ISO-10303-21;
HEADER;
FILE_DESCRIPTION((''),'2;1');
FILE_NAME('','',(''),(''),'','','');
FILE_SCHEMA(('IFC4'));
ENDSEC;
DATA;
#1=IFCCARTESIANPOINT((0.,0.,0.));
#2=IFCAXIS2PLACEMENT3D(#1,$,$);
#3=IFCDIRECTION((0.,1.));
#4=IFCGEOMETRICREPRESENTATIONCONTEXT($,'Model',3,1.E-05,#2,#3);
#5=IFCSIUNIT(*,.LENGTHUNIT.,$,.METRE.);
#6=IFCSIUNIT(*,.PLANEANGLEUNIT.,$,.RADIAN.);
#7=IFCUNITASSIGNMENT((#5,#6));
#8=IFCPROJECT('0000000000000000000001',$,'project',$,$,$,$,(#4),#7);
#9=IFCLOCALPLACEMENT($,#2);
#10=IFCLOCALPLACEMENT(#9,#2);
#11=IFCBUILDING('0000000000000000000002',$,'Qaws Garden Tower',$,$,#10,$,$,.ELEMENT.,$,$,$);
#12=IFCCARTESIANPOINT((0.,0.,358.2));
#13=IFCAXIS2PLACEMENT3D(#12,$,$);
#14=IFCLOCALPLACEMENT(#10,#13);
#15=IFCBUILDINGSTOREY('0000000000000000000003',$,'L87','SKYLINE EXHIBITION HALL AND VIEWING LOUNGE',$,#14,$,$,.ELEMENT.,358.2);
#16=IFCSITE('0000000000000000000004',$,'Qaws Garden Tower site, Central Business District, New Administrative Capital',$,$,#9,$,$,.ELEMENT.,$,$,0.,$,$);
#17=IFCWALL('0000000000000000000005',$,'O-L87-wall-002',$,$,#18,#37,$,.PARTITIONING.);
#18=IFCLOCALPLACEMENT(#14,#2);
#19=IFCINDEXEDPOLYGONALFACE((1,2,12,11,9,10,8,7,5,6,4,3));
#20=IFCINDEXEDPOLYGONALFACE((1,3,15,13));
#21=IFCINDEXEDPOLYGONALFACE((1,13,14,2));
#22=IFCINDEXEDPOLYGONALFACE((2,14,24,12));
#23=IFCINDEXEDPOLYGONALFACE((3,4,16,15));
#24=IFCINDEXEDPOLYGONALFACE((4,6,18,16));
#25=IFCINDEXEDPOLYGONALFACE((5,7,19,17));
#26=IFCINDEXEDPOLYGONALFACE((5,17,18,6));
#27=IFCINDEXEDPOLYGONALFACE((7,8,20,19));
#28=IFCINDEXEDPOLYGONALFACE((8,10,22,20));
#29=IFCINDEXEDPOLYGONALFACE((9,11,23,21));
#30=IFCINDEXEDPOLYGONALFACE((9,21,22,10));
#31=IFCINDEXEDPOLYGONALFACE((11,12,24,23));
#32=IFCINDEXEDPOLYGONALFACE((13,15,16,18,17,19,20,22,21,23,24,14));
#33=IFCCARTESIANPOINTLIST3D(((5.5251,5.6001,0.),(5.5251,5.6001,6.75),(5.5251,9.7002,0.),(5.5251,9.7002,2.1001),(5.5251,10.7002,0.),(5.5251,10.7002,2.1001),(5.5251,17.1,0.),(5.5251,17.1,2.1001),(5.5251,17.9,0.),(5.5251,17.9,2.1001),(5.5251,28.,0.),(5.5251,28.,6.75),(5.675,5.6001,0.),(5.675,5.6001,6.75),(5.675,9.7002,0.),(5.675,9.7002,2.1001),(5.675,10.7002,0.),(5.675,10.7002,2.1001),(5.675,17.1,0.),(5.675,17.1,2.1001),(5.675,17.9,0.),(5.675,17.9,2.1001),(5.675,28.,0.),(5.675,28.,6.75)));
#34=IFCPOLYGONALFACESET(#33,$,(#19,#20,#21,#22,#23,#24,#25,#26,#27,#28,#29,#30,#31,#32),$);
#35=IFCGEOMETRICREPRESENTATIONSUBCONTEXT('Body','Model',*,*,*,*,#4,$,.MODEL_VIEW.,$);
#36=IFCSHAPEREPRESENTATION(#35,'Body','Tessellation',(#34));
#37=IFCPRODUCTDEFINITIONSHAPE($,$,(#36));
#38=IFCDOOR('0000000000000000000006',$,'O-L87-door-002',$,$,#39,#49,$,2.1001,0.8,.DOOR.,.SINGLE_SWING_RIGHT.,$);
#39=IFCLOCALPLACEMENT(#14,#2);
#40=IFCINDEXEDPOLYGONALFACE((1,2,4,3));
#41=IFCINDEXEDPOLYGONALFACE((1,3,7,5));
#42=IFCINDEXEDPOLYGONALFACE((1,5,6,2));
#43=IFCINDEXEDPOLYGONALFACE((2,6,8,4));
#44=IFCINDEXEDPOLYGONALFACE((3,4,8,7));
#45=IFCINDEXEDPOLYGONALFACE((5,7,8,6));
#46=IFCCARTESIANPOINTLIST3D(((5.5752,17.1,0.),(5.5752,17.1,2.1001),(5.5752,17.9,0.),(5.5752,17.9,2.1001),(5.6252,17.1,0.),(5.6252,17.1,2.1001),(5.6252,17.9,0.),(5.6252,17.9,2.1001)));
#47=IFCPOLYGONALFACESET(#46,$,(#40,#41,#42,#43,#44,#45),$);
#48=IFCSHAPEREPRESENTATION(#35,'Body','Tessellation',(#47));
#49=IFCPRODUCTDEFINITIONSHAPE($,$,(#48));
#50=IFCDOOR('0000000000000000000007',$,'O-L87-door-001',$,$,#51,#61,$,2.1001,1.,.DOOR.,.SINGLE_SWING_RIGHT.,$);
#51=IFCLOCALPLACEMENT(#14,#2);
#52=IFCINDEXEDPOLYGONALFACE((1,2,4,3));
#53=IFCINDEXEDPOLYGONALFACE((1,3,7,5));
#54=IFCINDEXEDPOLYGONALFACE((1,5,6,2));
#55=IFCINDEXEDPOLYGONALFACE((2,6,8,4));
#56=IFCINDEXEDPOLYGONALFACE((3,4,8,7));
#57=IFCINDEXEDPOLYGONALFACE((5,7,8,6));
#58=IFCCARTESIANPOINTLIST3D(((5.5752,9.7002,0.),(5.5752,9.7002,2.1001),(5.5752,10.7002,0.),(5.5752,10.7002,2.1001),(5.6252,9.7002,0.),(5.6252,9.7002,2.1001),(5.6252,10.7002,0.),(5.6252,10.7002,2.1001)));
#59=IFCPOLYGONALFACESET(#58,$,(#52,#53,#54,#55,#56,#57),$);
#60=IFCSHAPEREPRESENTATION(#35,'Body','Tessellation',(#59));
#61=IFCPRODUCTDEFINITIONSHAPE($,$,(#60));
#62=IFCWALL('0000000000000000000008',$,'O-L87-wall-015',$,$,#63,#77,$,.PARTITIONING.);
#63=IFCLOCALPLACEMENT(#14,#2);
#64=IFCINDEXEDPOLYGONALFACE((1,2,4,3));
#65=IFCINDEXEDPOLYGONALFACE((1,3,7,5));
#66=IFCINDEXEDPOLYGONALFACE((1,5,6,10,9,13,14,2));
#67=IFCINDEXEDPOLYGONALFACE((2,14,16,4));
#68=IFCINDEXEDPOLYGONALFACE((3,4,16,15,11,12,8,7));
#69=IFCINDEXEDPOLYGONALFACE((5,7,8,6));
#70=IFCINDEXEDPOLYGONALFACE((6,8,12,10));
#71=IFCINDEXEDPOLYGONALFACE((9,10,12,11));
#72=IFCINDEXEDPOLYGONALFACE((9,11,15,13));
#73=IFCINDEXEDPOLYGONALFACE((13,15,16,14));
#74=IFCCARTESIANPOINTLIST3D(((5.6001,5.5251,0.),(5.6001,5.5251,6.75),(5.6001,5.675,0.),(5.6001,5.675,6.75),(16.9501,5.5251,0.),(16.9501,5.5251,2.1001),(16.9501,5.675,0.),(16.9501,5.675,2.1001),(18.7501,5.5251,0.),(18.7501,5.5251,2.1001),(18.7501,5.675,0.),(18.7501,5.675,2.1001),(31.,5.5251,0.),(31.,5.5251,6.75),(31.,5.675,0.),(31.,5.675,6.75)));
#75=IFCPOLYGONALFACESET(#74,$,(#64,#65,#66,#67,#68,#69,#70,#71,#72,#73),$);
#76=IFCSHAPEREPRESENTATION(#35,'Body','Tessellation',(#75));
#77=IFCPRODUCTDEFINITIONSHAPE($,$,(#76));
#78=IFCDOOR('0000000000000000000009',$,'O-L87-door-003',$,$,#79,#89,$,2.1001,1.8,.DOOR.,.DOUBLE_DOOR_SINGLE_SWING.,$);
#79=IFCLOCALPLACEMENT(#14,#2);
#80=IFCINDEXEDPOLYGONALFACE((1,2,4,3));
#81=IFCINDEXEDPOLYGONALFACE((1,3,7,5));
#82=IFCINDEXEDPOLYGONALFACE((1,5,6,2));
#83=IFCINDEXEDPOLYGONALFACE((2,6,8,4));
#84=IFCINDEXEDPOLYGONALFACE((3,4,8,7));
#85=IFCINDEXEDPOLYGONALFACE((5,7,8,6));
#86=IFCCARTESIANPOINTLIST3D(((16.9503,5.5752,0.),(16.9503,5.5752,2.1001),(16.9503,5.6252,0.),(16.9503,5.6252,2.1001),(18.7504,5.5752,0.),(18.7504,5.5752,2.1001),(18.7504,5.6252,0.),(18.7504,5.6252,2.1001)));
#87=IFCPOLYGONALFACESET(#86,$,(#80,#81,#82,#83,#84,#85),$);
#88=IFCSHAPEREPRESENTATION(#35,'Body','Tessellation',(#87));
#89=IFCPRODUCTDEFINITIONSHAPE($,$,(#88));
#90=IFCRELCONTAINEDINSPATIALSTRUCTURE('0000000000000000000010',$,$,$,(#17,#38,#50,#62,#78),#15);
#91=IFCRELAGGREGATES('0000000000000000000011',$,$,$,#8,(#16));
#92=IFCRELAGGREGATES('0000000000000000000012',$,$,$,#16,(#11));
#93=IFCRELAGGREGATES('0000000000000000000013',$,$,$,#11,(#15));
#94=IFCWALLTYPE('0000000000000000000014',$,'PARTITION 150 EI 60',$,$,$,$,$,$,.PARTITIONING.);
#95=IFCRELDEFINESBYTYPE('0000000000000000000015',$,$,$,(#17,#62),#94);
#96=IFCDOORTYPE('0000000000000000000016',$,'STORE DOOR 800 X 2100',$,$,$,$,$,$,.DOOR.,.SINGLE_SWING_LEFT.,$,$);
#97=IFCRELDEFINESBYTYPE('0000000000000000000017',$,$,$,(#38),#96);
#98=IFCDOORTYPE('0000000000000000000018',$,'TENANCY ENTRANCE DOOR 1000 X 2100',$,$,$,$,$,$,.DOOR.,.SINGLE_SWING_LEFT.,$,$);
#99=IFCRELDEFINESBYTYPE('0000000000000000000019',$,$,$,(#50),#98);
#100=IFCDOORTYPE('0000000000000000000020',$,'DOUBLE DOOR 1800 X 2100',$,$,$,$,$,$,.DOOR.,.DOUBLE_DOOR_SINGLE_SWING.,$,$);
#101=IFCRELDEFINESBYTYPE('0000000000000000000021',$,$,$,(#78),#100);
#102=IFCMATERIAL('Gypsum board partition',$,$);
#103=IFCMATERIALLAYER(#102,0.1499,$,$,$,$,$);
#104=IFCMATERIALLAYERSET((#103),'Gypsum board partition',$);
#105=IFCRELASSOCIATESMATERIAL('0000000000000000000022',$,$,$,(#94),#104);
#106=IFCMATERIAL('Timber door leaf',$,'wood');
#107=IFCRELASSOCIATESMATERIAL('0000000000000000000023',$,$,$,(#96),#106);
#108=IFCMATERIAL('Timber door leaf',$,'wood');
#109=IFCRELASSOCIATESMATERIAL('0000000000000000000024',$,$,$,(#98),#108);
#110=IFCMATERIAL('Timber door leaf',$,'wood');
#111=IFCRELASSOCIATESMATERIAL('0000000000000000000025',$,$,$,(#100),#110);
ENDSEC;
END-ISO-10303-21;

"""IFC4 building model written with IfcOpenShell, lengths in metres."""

from ifc_helpers import new_model, si_unit, direction, frame, frame_2d, origin, place, context, subcontext, project, spatial, rectangle, extrude, material, layer, layer_set, type_object, element, fill, save


model = new_model("IFC4")

# Units and contexts
model_context = context("Model", 3, precision=1e-05, world=origin(), true_north=direction((0.0, 1.0)))
body_context = subcontext(model_context, "Body", "Model", "MODEL_VIEW")
ifc_project = project(units=[si_unit("LENGTHUNIT", "METRE"), si_unit("PLANEANGLEUNIT", "RADIAN")], contexts=[model_context])

# Site, building, storey
site_placement = place(None, origin())
site = spatial("IfcSite", under=ifc_project, at=site_placement, Name="Qaws Garden Tower site, Central Business District, New Administrative Capital", CompositionType="ELEMENT", RefElevation=0.0)
building_placement = place(site_placement, origin())
building = spatial("IfcBuilding", under=site, at=building_placement, Name="Qaws Garden Tower", CompositionType="ELEMENT")
storey_placement = place(building_placement, frame((0.0, 0.0, 358.2)))
storey = spatial("IfcBuildingStorey", under=building, at=storey_placement, Name="L87", Description="SKYLINE EXHIBITION HALL AND VIEWING LOUNGE", CompositionType="ELEMENT", Elevation=358.2)

# Wall, openings, doors
ifc_material_1 = material(Name="Gypsum board partition")
ifc_layer_1 = layer(ifc_material_1, 0.1499)
ifc_layer_set_1 = layer_set([ifc_layer_1], Name="Gypsum board partition")
wall_type_1 = type_object("IfcWallType", Name="PARTITION 150 EI 60", PredefinedType="PARTITIONING", material=ifc_layer_set_1)
wall_1_placement = place(storey_placement, frame((5.6001, 5.6001, 0.0), z_axis=(0.0, 0.0, 1.0), x_axis=(0.0, 1.0, 0.0)))
wall_1 = element("IfcWall", 1, at=wall_1_placement, inside=storey, type_object=wall_type_1, Name="O-L87-wall-002", PredefinedType="PARTITIONING", context=body_context, shape_type="SweptSolid", body=[
    extrude(rectangle(XDim=22.3999, YDim=0.1499, at=frame_2d((11.2, 0.0))), origin(), (0.0, 0.0, 1.0), 6.75),
])
opening_1_placement = place(wall_1_placement, frame((4.1001, 0.0, 0.0)))
opening_1 = element("IfcOpeningElement", 2, at=opening_1_placement, cuts=wall_1, PredefinedType="OPENING", context=body_context, shape_type="SweptSolid", body=[
    extrude(rectangle(XDim=1.0, YDim=2.1001, at=frame_2d((0.5, 1.05))), frame((0.0, 0.085, 0.0), z_axis=(0.0, -1.0, 0.0), x_axis=(1.0, 0.0, 0.0)), (0.0, 0.0, 1.0), 0.1699),
])
opening_2_placement = place(wall_1_placement, frame((11.5, 0.0, 0.0)))
opening_2 = element("IfcOpeningElement", 3, at=opening_2_placement, cuts=wall_1, PredefinedType="OPENING", context=body_context, shape_type="SweptSolid", body=[
    extrude(rectangle(XDim=0.8, YDim=2.1001, at=frame_2d((0.3999, 1.05))), frame((0.0, 0.085, 0.0), z_axis=(0.0, -1.0, 0.0), x_axis=(1.0, 0.0, 0.0)), (0.0, 0.0, 1.0), 0.1699),
])
ifc_material_2 = material(Name="Timber door leaf", Category="wood")
door_type_1 = type_object("IfcDoorType", Name="STORE DOOR 800 X 2100", OperationType="SINGLE_SWING_LEFT", PredefinedType="DOOR", material=ifc_material_2)
door_1_placement = place(opening_2_placement, origin())
door_1 = element("IfcDoor", 4, at=door_1_placement, inside=storey, type_object=door_type_1, Name="O-L87-door-002", OperationType="SINGLE_SWING_RIGHT", OverallHeight=2.1001, OverallWidth=0.8, PredefinedType="DOOR", context=body_context, shape_type="SweptSolid", body=[
    extrude(rectangle(XDim=0.8, YDim=2.1001, at=frame_2d((0.3999, 1.05))), frame((0.0, 0.0249, 0.0), z_axis=(0.0, -1.0, 0.0), x_axis=(1.0, 0.0, 0.0)), (0.0, 0.0, 1.0), 0.05),
])
fill(opening_2, door_1)
ifc_material_3 = material(Name="Timber door leaf", Category="wood")
door_type_2 = type_object("IfcDoorType", Name="TENANCY ENTRANCE DOOR 1000 X 2100", OperationType="SINGLE_SWING_LEFT", PredefinedType="DOOR", material=ifc_material_3)
door_2_placement = place(opening_1_placement, origin())
door_2 = element("IfcDoor", 5, at=door_2_placement, inside=storey, type_object=door_type_2, Name="O-L87-door-001", OperationType="SINGLE_SWING_RIGHT", OverallHeight=2.1001, OverallWidth=1.0, PredefinedType="DOOR", context=body_context, shape_type="SweptSolid", body=[
    extrude(rectangle(XDim=1.0, YDim=2.1001, at=frame_2d((0.5, 1.05))), frame((0.0, 0.0249, 0.0), z_axis=(0.0, -1.0, 0.0), x_axis=(1.0, 0.0, 0.0)), (0.0, 0.0, 1.0), 0.05),
])
fill(opening_1, door_2)

# Wall, opening, door
wall_2_placement = place(storey_placement, frame((5.6001, 5.6001, 0.0), z_axis=(0.0, 0.0, 1.0), x_axis=(1.0, 0.0, 0.0)))
wall_2 = element("IfcWall", 6, at=wall_2_placement, inside=storey, type_object=wall_type_1, Name="O-L87-wall-015", PredefinedType="PARTITIONING", context=body_context, shape_type="SweptSolid", body=[
    extrude(rectangle(XDim=25.3999, YDim=0.1499, at=frame_2d((12.7, 0.0))), origin(), (0.0, 0.0, 1.0), 6.75),
])
opening_3_placement = place(wall_2_placement, frame((11.3501, 0.0, 0.0)))
opening_3 = element("IfcOpeningElement", 7, at=opening_3_placement, cuts=wall_2, PredefinedType="OPENING", context=body_context, shape_type="SweptSolid", body=[
    extrude(rectangle(XDim=1.8, YDim=2.1001, at=frame_2d((0.8999, 1.05))), frame((0.0, 0.085, 0.0), z_axis=(0.0, -1.0, 0.0), x_axis=(1.0, 0.0, 0.0)), (0.0, 0.0, 1.0), 0.1699),
])
ifc_material_4 = material(Name="Timber door leaf", Category="wood")
door_type_3 = type_object("IfcDoorType", Name="DOUBLE DOOR 1800 X 2100", OperationType="DOUBLE_DOOR_SINGLE_SWING", PredefinedType="DOOR", material=ifc_material_4)
door_3_placement = place(opening_3_placement, frame((1.8, 0.0, 0.0), z_axis=(0.0, 0.0, 1.0), x_axis=(-1.0, 0.0, 0.0)))
door_3 = element("IfcDoor", 8, at=door_3_placement, inside=storey, type_object=door_type_3, Name="O-L87-door-003", OperationType="DOUBLE_DOOR_SINGLE_SWING", OverallHeight=2.1001, OverallWidth=1.8, PredefinedType="DOOR", context=body_context, shape_type="SweptSolid", body=[
    extrude(rectangle(XDim=1.8, YDim=2.1001, at=frame_2d((0.8999, 1.05))), frame((0.0, 0.0249, 0.0), z_axis=(0.0, -1.0, 0.0), x_axis=(1.0, 0.0, 0.0)), (0.0, 0.0, 1.0), 0.05),
])
fill(opening_3, door_3)

save(model, "model.ifc")
